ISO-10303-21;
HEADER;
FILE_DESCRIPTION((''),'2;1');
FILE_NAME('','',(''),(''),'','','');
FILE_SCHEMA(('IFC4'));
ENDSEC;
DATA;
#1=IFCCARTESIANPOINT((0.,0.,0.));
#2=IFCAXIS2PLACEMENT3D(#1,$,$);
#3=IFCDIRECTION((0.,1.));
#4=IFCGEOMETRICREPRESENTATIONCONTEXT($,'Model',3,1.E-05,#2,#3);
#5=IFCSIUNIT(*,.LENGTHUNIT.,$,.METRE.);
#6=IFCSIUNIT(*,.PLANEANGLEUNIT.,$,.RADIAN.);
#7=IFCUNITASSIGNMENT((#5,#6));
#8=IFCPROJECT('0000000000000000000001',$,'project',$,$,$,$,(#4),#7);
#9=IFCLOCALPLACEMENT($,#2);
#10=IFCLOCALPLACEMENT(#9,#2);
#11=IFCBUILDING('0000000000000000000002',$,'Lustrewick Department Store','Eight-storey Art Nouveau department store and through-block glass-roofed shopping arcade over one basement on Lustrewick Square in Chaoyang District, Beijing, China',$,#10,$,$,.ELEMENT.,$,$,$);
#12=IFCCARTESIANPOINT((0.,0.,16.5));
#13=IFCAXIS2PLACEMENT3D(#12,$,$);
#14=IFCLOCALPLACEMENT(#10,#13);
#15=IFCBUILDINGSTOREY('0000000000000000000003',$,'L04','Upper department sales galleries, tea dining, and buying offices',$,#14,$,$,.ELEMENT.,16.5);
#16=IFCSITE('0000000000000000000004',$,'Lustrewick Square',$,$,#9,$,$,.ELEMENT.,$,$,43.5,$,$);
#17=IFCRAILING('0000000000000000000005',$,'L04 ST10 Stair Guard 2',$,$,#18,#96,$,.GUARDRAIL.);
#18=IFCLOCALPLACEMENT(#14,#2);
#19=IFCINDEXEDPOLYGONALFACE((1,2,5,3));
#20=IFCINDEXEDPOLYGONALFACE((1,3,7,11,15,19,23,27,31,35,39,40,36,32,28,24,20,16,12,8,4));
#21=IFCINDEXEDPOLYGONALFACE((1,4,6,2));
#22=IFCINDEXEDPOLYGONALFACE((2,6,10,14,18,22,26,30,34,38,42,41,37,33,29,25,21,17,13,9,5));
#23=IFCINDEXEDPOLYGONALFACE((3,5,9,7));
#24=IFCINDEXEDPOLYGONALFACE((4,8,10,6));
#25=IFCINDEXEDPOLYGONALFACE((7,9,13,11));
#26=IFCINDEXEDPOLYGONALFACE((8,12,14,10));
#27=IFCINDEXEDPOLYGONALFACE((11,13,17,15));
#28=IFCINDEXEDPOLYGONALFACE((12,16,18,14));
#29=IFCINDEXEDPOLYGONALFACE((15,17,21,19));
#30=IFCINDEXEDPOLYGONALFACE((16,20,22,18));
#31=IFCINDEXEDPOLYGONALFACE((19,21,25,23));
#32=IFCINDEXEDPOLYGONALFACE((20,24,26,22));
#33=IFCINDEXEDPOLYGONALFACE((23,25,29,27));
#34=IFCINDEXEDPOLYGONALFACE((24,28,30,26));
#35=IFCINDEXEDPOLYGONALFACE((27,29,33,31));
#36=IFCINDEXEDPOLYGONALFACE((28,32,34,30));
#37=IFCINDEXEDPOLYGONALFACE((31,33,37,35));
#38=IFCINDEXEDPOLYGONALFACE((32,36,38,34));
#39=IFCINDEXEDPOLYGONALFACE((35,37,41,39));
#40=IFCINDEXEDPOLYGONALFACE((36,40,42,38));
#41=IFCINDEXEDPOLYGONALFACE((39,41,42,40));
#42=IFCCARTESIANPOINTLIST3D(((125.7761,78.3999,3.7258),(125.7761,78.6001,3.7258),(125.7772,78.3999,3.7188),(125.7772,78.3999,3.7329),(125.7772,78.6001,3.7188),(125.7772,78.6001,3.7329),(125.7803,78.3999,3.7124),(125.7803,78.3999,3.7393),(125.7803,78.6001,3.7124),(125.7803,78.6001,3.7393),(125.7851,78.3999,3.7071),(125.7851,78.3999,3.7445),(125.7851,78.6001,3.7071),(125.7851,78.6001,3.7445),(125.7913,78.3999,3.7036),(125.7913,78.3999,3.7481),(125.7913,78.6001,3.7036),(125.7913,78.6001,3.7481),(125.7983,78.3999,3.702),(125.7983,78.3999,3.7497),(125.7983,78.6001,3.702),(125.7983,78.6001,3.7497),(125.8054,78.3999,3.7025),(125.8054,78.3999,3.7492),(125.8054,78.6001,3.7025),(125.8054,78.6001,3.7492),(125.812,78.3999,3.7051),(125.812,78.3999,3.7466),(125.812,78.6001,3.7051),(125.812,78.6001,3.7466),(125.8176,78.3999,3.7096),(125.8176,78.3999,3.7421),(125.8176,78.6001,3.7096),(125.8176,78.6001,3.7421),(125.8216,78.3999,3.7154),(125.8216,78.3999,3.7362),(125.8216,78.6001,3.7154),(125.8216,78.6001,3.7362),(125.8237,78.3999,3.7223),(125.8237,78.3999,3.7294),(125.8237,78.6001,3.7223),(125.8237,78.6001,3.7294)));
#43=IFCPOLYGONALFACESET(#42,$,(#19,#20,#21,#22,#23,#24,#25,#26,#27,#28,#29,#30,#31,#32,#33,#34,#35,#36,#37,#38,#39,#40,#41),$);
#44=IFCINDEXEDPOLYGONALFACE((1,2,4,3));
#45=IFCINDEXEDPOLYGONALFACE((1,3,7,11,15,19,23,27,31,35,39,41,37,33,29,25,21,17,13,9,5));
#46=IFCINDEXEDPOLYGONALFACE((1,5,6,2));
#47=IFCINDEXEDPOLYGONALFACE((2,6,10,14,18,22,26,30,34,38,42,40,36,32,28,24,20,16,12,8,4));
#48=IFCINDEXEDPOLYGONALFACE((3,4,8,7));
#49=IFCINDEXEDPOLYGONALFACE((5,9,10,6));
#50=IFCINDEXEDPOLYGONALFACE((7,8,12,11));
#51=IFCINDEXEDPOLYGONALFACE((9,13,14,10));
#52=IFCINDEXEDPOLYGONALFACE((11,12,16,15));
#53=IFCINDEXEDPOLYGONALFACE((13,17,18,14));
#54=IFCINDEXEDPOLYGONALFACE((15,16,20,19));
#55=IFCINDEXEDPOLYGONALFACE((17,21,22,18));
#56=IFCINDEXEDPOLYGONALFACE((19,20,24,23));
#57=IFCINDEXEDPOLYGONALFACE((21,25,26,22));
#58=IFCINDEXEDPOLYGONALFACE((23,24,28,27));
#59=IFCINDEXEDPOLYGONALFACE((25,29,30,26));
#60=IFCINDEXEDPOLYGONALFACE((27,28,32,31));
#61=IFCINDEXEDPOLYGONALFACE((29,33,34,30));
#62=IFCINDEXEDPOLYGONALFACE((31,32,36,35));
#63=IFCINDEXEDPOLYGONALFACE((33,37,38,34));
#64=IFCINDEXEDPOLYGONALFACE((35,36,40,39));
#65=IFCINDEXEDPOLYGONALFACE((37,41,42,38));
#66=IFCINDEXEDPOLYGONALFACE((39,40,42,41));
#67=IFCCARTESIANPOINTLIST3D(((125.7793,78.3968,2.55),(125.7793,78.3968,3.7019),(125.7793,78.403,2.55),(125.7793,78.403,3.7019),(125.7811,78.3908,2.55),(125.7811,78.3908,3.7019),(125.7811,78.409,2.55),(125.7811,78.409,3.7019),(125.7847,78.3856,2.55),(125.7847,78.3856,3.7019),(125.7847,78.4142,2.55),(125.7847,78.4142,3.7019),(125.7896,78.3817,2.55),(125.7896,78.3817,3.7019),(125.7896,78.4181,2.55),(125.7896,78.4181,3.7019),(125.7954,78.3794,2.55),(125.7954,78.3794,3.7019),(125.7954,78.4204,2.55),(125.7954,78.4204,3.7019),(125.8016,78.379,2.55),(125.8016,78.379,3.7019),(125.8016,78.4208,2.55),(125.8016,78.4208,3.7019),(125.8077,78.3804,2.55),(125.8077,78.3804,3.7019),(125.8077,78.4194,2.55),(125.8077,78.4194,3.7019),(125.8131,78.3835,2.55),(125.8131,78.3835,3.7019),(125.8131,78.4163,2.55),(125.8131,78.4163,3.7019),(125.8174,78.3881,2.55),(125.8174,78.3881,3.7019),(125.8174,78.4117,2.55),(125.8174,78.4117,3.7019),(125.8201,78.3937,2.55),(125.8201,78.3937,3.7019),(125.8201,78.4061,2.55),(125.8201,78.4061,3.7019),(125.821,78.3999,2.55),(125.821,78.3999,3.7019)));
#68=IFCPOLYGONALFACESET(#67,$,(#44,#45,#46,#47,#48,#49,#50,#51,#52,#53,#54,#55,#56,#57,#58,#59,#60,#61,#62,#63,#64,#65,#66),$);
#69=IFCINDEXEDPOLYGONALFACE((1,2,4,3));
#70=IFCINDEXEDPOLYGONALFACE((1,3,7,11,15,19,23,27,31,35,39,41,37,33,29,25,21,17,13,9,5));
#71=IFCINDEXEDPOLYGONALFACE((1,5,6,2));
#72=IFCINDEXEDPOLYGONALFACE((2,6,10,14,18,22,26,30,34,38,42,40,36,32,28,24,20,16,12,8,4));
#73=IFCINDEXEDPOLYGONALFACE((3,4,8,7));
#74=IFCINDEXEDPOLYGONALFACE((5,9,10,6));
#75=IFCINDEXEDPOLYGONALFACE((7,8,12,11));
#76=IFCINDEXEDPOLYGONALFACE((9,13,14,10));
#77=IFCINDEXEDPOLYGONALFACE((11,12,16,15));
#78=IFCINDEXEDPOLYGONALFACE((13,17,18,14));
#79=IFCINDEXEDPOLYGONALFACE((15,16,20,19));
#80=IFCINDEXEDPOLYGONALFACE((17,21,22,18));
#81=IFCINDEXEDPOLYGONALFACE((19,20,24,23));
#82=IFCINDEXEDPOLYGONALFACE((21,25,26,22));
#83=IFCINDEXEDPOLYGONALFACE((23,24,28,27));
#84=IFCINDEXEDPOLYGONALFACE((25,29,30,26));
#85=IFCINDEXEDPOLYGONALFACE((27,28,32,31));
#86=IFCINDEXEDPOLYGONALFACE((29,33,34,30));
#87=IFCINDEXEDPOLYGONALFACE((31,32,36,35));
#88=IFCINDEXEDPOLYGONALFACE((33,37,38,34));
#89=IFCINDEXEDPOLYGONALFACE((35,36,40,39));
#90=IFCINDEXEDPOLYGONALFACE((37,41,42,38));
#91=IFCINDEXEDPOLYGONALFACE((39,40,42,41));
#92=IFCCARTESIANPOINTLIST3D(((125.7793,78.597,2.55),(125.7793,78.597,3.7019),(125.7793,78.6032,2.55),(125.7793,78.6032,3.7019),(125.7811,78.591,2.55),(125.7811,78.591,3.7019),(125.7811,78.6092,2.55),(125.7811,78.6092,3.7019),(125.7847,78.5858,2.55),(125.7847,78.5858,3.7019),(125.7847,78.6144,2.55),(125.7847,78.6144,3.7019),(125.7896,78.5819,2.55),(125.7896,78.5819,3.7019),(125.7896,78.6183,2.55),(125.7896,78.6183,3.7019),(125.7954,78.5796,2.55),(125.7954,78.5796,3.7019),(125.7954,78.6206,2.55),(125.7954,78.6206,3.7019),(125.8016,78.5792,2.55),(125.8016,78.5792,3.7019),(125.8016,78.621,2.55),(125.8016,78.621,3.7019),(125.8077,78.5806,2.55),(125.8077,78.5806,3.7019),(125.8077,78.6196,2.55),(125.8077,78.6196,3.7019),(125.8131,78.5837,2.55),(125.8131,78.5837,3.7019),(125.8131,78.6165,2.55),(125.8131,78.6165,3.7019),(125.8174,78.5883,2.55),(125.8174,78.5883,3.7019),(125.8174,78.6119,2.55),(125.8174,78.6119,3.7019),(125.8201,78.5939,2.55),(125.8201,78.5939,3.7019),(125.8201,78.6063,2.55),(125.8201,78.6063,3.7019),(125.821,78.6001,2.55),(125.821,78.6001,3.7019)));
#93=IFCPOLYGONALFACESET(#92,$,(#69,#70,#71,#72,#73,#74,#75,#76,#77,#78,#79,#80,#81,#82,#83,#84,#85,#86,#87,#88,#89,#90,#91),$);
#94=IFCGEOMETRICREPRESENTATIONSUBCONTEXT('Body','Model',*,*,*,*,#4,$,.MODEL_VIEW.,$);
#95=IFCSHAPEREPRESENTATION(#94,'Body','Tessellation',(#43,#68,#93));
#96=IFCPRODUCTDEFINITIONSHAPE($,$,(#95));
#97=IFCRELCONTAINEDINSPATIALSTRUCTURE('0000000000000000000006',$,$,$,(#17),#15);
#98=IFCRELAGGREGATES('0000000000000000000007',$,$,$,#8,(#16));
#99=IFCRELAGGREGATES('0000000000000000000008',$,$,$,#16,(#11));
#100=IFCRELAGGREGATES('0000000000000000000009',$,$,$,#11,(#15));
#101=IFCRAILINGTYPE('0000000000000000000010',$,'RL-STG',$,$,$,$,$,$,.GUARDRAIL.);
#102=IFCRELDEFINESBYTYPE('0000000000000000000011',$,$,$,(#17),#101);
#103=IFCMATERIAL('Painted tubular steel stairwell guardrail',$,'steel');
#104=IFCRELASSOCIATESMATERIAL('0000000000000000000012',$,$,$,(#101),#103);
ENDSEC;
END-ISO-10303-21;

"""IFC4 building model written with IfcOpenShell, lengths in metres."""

from ifc_helpers import new_model, si_unit, direction, frame, origin, origin_2d, place, context, subcontext, project, spatial, circle, extrude, material, type_object, element, save


model = new_model("IFC4")

# Units and contexts
model_context = context("Model", 3, precision=1e-05, world=origin(), true_north=direction((0.0, 1.0)))
body_context = subcontext(model_context, "Body", "Model", "MODEL_VIEW")
ifc_project = project(units=[si_unit("LENGTHUNIT", "METRE"), si_unit("PLANEANGLEUNIT", "RADIAN")], contexts=[model_context])

# Site, building, storey
site_placement = place(None, origin())
site = spatial("IfcSite", under=ifc_project, at=site_placement, Name="Lustrewick Square", CompositionType="ELEMENT", RefElevation=43.5)
building_placement = place(site_placement, origin())
building = spatial("IfcBuilding", under=site, at=building_placement, Name="Lustrewick Department Store", Description="Eight-storey Art Nouveau department store and through-block glass-roofed shopping arcade over one basement on Lustrewick Square in Chaoyang District, Beijing, China", CompositionType="ELEMENT")
storey_placement = place(building_placement, frame((0.0, 0.0, 16.5)))
storey = spatial("IfcBuildingStorey", under=building, at=storey_placement, Name="L04", Description="Upper department sales galleries, tea dining, and buying offices", CompositionType="ELEMENT", Elevation=16.5)

# Railing
ifc_material_1 = material(Name="Painted tubular steel stairwell guardrail", Category="steel")
railing_type_1 = type_object("IfcRailingType", Name="RL-STG", PredefinedType="GUARDRAIL", material=ifc_material_1)
railing_1_placement = place(storey_placement, frame((125.8, 78.3999, 2.55)))
element("IfcRailing", 1, at=railing_1_placement, inside=storey, type_object=railing_type_1, Name="L04 ST10 Stair Guard 2", PredefinedType="GUARDRAIL", context=body_context, shape_type="SweptSolid", body=[
    extrude(circle(Radius=0.0239, at=origin_2d()), frame((0.0, 0.0, 1.1758), z_axis=(0.0, 1.0, 0.0), x_axis=(-1.0, 0.0, 0.0)), (0.0, 0.0, 1.0), 0.2002),
    extrude(circle(Radius=0.021, at=origin_2d()), origin(), (0.0, 0.0, 1.0), 1.1519),
    extrude(circle(Radius=0.021, at=origin_2d()), frame((0.0, 0.2002, 0.0)), (0.0, 0.0, 1.0), 1.1519),
])

save(model, "model.ifc")
